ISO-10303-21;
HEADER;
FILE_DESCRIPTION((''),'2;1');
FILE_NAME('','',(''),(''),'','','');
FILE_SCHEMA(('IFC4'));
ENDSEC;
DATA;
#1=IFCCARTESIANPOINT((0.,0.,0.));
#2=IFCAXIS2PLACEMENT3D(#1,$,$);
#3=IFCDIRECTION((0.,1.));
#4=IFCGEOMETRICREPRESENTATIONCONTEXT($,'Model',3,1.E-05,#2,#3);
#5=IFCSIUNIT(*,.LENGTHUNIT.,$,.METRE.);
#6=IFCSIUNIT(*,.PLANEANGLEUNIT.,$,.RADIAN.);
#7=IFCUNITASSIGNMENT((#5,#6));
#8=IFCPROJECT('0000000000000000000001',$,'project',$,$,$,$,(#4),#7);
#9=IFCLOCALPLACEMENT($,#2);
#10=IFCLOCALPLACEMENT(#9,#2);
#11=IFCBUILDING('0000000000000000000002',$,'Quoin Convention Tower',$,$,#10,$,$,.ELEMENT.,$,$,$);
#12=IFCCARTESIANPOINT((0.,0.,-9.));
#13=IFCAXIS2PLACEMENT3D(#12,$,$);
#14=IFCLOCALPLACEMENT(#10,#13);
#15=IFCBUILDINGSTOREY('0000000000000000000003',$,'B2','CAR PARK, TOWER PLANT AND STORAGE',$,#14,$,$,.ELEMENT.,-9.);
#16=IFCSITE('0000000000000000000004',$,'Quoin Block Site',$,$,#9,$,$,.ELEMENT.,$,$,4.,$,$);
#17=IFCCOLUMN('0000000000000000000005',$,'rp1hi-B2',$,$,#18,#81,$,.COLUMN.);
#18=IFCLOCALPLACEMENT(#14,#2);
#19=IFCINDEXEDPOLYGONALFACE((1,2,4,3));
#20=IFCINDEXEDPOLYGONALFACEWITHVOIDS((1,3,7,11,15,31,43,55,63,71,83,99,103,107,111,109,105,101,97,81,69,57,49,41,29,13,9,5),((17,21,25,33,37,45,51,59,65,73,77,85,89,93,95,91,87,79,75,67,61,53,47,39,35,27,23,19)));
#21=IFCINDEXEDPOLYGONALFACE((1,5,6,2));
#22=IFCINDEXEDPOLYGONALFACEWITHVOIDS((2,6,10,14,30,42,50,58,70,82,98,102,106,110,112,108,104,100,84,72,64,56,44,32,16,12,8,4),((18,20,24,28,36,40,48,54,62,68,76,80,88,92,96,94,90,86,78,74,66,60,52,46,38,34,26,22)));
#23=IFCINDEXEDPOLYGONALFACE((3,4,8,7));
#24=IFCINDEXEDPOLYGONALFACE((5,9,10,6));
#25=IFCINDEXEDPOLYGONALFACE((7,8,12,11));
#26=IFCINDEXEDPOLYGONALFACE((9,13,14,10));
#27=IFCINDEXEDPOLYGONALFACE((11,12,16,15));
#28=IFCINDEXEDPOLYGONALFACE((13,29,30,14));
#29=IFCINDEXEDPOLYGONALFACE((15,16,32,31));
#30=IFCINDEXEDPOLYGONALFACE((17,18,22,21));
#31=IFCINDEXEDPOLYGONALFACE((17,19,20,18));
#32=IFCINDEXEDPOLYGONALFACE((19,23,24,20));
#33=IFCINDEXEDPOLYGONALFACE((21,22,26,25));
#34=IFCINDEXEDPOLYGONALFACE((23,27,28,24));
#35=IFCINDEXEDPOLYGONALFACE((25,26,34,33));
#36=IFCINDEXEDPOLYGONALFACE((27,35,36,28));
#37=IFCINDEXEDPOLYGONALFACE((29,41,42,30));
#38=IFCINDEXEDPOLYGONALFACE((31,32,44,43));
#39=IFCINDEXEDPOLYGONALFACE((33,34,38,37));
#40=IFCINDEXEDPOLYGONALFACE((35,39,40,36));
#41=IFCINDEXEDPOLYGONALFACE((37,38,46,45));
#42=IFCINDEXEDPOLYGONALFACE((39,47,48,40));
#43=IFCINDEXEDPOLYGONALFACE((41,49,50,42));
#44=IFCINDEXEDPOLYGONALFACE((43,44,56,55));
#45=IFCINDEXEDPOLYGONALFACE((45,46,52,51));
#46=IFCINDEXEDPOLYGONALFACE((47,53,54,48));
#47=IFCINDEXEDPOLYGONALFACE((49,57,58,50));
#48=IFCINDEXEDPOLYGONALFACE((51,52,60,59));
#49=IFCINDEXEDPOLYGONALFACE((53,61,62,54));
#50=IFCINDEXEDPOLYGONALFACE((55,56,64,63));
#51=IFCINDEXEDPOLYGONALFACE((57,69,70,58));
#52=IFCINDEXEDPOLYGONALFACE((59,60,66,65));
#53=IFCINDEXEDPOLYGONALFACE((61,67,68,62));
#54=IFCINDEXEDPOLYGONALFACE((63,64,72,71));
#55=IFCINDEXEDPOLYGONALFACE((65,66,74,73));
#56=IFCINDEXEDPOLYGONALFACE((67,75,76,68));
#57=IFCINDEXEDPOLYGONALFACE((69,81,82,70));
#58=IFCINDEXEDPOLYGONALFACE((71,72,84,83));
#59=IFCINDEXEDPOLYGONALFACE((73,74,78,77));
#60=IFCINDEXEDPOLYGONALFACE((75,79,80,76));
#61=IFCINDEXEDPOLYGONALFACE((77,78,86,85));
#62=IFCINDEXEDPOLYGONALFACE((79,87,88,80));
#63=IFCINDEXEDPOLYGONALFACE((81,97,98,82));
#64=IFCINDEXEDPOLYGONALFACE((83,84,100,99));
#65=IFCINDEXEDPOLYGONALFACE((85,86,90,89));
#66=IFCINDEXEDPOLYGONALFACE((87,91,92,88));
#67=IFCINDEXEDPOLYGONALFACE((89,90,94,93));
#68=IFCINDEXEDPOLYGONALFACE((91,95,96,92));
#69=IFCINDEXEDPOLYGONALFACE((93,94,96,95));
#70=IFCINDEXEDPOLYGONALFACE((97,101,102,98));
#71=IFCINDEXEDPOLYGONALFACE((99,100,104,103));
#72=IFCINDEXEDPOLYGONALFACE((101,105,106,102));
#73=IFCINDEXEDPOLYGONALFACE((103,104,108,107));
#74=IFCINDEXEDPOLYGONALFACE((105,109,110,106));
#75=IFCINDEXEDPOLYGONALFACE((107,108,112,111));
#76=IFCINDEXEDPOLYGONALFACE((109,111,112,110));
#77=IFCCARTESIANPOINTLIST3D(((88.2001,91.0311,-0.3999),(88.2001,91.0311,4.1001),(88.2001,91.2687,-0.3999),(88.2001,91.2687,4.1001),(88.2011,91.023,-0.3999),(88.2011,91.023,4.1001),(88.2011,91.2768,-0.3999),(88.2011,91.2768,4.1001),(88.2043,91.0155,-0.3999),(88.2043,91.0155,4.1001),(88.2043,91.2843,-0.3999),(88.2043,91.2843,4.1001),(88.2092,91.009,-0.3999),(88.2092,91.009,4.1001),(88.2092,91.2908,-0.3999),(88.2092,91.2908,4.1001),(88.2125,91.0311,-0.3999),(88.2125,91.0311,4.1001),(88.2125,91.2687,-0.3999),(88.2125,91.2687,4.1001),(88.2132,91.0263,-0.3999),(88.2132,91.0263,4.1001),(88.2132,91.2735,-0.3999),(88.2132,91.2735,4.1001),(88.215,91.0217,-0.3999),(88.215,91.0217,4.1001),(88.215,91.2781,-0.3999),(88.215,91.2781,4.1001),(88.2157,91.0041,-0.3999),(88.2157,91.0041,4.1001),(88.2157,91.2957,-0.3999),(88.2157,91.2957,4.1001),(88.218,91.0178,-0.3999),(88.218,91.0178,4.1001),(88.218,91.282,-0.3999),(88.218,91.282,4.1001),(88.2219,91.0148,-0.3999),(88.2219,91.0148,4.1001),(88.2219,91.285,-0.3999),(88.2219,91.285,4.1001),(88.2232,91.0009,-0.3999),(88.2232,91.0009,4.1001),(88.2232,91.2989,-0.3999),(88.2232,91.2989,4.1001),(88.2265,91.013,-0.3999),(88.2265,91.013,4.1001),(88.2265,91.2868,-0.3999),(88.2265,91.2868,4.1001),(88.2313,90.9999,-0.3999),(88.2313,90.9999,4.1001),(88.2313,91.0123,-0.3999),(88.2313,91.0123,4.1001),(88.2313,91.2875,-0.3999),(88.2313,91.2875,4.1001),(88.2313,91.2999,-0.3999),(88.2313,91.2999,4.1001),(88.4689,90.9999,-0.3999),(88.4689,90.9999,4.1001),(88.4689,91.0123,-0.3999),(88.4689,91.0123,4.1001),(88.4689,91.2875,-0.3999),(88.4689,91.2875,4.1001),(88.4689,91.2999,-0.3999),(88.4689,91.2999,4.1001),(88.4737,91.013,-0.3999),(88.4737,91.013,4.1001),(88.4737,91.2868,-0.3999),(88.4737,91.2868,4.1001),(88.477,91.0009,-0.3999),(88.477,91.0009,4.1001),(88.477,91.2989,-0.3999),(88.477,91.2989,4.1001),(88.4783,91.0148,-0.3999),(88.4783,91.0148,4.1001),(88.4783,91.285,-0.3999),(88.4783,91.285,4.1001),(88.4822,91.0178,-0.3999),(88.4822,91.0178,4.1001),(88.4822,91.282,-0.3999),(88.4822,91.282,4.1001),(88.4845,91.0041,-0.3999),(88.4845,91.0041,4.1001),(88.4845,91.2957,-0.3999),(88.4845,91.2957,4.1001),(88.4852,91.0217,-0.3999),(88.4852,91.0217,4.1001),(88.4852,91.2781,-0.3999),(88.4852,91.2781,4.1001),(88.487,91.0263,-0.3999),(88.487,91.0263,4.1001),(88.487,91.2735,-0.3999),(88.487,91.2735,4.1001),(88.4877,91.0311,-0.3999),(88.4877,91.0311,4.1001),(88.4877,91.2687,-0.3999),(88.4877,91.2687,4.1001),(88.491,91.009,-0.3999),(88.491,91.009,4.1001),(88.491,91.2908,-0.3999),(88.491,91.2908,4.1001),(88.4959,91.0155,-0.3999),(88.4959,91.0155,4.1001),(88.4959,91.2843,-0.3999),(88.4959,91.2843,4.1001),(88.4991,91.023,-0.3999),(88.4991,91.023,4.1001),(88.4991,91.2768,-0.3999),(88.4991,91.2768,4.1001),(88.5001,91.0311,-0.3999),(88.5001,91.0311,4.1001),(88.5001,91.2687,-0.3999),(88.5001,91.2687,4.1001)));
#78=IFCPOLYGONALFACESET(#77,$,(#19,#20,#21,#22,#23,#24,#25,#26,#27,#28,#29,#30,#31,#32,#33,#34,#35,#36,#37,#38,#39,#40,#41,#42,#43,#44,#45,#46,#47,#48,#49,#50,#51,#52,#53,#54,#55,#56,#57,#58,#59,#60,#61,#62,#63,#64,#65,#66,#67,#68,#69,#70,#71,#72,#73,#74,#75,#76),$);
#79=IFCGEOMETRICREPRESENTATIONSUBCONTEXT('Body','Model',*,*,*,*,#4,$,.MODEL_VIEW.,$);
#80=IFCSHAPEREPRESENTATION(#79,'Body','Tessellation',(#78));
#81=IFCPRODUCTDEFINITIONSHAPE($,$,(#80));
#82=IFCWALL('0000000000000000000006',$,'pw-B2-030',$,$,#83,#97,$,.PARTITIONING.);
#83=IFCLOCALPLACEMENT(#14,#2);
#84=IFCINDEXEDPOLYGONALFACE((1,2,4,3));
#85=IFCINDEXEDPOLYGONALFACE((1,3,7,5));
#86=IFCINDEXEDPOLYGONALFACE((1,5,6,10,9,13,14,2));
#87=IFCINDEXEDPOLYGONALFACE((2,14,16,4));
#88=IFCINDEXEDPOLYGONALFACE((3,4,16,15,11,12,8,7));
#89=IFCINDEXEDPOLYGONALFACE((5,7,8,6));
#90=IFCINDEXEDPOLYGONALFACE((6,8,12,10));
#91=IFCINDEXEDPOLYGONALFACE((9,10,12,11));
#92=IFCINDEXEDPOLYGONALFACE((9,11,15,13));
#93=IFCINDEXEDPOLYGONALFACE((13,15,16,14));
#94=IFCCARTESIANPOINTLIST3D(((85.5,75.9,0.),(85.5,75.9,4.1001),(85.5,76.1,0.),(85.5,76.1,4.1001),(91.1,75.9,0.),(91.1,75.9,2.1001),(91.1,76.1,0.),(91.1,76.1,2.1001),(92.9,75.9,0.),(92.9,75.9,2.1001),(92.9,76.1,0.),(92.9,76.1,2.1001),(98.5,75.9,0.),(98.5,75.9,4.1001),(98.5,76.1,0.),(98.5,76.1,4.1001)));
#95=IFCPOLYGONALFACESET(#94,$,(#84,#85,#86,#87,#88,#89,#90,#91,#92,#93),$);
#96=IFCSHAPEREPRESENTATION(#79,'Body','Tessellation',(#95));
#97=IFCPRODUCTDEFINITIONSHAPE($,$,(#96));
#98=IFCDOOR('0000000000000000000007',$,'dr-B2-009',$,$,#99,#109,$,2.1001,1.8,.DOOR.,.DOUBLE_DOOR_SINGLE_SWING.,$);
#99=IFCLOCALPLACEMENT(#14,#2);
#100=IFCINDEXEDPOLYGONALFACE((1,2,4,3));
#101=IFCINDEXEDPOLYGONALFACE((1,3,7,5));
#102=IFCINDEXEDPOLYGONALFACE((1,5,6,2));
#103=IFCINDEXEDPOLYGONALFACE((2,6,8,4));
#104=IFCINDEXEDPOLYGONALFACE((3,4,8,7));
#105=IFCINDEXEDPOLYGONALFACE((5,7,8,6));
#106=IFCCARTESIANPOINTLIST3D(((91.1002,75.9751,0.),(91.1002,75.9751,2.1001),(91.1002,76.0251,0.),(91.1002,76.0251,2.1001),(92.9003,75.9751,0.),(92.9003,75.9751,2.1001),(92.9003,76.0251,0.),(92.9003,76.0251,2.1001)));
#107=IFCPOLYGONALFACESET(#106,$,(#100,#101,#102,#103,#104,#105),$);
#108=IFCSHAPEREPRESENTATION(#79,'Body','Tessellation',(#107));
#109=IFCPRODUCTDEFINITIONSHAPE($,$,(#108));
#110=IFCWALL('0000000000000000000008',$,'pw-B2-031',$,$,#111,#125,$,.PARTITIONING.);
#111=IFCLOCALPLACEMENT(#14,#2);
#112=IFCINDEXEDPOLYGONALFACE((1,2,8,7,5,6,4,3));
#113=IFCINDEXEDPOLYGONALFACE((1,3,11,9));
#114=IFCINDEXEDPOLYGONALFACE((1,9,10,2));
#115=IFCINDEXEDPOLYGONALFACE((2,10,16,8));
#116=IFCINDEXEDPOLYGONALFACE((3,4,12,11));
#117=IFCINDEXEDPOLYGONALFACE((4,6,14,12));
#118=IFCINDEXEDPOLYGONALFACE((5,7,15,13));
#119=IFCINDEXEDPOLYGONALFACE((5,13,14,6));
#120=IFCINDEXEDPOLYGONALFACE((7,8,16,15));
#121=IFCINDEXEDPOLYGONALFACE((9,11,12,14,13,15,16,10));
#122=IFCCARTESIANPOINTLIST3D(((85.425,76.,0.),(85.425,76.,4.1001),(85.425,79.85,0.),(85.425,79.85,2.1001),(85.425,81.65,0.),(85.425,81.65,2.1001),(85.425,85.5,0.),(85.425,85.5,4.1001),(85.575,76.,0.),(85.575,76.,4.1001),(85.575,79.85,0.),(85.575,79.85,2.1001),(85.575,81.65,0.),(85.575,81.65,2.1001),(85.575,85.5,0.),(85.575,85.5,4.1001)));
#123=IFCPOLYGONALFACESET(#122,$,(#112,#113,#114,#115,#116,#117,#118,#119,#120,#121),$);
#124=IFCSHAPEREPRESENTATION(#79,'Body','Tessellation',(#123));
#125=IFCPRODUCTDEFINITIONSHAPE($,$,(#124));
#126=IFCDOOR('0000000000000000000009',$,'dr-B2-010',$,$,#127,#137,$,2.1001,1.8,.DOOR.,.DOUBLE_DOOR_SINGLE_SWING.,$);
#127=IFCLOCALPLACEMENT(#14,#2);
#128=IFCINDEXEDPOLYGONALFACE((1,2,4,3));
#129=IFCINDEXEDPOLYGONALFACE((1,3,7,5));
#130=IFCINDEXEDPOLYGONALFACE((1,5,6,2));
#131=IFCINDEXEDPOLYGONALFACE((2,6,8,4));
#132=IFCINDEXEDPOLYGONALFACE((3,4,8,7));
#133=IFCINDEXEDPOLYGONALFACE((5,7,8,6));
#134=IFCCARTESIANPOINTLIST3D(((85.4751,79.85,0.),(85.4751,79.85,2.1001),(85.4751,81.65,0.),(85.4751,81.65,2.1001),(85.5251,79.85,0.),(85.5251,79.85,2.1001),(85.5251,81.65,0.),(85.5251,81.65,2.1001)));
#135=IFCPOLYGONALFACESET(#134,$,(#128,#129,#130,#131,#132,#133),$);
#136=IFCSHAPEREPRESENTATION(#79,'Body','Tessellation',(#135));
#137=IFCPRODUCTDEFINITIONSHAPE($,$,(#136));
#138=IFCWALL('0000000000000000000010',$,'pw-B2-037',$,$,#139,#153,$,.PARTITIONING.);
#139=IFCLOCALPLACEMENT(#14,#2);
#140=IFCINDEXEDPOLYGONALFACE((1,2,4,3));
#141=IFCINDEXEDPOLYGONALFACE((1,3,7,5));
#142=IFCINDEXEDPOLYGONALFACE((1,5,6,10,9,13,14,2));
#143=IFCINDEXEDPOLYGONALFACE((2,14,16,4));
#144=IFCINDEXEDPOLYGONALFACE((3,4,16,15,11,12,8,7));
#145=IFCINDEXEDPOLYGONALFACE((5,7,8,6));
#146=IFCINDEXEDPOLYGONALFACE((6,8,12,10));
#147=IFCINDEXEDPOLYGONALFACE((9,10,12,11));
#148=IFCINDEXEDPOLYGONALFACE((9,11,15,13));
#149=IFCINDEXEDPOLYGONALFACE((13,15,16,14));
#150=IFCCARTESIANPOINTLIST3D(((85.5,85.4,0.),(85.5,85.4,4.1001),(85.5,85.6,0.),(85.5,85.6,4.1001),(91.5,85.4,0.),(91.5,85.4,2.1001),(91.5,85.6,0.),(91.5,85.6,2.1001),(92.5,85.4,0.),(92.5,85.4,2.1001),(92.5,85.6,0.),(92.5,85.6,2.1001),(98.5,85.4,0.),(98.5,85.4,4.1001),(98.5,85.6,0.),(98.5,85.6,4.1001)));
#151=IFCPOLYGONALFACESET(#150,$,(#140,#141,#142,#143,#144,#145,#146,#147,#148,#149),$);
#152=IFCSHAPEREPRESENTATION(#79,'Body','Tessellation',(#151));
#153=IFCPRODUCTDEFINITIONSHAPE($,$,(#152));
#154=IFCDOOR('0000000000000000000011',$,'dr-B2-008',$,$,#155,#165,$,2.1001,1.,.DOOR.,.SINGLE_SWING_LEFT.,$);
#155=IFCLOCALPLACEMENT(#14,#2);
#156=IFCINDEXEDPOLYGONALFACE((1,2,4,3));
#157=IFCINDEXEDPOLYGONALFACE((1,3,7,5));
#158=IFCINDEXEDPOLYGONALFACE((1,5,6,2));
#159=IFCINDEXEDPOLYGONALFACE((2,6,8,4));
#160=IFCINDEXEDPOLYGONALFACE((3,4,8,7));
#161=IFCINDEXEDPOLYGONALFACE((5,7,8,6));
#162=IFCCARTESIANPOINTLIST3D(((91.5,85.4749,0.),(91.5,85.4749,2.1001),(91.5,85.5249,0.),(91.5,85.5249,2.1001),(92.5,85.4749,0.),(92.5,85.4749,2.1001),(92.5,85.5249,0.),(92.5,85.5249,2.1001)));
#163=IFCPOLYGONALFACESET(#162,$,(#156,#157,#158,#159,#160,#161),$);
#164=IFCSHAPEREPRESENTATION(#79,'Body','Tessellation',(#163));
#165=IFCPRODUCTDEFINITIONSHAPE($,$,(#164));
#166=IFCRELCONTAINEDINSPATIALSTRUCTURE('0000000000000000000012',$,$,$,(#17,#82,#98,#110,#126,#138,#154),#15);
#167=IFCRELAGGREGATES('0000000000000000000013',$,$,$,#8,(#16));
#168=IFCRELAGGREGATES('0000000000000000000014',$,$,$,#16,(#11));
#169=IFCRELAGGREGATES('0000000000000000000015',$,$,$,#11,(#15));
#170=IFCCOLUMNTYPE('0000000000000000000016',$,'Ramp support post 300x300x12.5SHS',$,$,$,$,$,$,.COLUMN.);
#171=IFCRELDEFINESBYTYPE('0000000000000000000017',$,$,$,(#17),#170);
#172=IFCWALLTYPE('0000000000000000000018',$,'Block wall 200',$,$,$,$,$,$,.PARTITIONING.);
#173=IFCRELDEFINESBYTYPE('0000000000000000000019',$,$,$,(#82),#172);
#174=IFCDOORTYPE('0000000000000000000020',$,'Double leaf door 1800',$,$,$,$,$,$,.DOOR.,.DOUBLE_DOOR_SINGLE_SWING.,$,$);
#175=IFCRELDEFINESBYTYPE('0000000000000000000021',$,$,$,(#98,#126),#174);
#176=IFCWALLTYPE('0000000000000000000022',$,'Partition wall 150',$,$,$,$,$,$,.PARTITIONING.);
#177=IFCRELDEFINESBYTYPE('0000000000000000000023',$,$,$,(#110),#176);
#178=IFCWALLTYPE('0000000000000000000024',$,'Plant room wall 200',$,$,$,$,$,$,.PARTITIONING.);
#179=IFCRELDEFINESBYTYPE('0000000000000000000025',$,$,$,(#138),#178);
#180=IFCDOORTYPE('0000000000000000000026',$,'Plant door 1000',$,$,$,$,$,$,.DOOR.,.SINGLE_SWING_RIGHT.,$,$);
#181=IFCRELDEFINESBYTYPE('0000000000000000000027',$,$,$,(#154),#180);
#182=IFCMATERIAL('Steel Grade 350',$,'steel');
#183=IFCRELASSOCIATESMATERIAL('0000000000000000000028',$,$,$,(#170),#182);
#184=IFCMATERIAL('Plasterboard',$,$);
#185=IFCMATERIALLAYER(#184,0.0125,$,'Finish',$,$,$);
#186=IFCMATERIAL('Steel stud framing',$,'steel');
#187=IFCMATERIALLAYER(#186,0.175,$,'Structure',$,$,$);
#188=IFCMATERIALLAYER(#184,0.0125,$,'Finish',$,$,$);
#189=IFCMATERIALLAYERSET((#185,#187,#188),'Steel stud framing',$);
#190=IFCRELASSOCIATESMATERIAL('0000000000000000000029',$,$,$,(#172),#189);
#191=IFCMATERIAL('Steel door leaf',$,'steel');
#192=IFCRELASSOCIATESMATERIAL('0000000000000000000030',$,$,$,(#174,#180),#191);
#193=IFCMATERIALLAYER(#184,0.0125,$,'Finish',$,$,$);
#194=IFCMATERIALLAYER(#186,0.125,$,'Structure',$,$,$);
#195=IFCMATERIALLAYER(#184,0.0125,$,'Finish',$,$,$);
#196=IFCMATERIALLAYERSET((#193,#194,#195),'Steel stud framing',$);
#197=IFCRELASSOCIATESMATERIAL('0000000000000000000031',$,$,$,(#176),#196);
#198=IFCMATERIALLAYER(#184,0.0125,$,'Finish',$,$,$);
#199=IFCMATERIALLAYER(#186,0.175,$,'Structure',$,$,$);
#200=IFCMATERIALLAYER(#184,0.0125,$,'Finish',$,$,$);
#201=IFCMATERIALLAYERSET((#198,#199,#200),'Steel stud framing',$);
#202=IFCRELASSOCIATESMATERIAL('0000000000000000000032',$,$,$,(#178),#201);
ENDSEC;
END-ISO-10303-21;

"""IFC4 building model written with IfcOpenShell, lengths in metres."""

from ifc_helpers import new_model, si_unit, direction, frame, frame_2d, origin, origin_2d, place, context, subcontext, project, spatial, rectangle, hollow_rectangle, extrude, material, layer, layer_set, material_profile, profile_set, type_object, element, fill, save


model = new_model("IFC4")

# Units and contexts
model_context = context("Model", 3, precision=1e-05, world=origin(), true_north=direction((0.0, 1.0)))
body_context = subcontext(model_context, "Body", "Model", "MODEL_VIEW")
ifc_project = project(units=[si_unit("LENGTHUNIT", "METRE"), si_unit("PLANEANGLEUNIT", "RADIAN")], contexts=[model_context])

# Site, building, storey
site_placement = place(None, origin())
site = spatial("IfcSite", under=ifc_project, at=site_placement, Name="Quoin Block Site", CompositionType="ELEMENT", RefElevation=4.0)
building_placement = place(site_placement, origin())
building = spatial("IfcBuilding", under=site, at=building_placement, Name="Quoin Convention Tower", CompositionType="ELEMENT")
storey_placement = place(building_placement, frame((0.0, 0.0, -9.0)))
storey = spatial("IfcBuildingStorey", under=building, at=storey_placement, Name="B2", Description="CAR PARK, TOWER PLANT AND STORAGE", CompositionType="ELEMENT", Elevation=-9.0)

# Column
ifc_material_1 = material(Name="Steel Grade 350", Category="steel")
ifc_material_profile_1 = material_profile(ifc_material_1, hollow_rectangle(XDim=0.3, YDim=0.3, WallThickness=0.0125, InnerFilletRadius=0.0188, OuterFilletRadius=0.0312, at=origin_2d()), Name="300x300x12.5SHS")
ifc_profile_set_1 = profile_set([ifc_material_profile_1], Name="Steel Grade 350")
column_type_1 = type_object("IfcColumnType", Name="Ramp support post 300x300x12.5SHS", PredefinedType="COLUMN", material=ifc_profile_set_1)
column_placement = place(storey_placement, frame((88.3501, 91.1499, -0.3999), z_axis=(0.0, 0.0, 1.0), x_axis=(1.0, 0.0, 0.0)))
element("IfcColumn", 1, at=column_placement, inside=storey, type_object=column_type_1, Name="rp1hi-B2", PredefinedType="COLUMN", context=body_context, shape_type="SweptSolid", body=[
    extrude(hollow_rectangle(XDim=0.3, YDim=0.3, WallThickness=0.0125, InnerFilletRadius=0.0188, OuterFilletRadius=0.0312, at=origin_2d()), origin(), (0.0, 0.0, 1.0), 4.5),
])

# Walls, openings, doors
ifc_material_2 = material(Name="Plasterboard")
ifc_layer_1 = layer(ifc_material_2, 0.0125, Name="Finish")
ifc_material_3 = material(Name="Steel stud framing", Category="steel")
ifc_layer_2 = layer(ifc_material_3, 0.175, Name="Structure")
ifc_layer_3 = layer(ifc_material_2, 0.0125, Name="Finish")
ifc_layer_set_1 = layer_set([ifc_layer_1, ifc_layer_2, ifc_layer_3], Name="Steel stud framing")
wall_type_1 = type_object("IfcWallType", Name="Block wall 200", PredefinedType="PARTITIONING", material=ifc_layer_set_1)
wall_1_placement = place(storey_placement, frame((85.5, 76.0, 0.0), z_axis=(0.0, 0.0, 1.0), x_axis=(1.0, 0.0, 0.0)))
wall_1 = element("IfcWall", 2, at=wall_1_placement, inside=storey, type_object=wall_type_1, Name="pw-B2-030", PredefinedType="PARTITIONING", context=body_context, shape_type="SweptSolid", body=[
    extrude(rectangle(XDim=13.0, YDim=0.2, at=frame_2d((6.5, 0.0))), origin(), (0.0, 0.0, 1.0), 4.1001),
])
opening_1_placement = place(wall_1_placement, frame((5.6001, 0.0, 0.0)))
opening_1 = element("IfcOpeningElement", 3, at=opening_1_placement, cuts=wall_1, PredefinedType="OPENING", context=body_context, shape_type="SweptSolid", body=[
    extrude(rectangle(XDim=1.8, YDim=2.1001, at=frame_2d((0.8999, 1.05))), frame((0.0, 0.1099, 0.0), z_axis=(0.0, -1.0, 0.0), x_axis=(1.0, 0.0, 0.0)), (0.0, 0.0, 1.0), 0.22),
])
ifc_material_4 = material(Name="Steel door leaf", Category="steel")
door_type_1 = type_object("IfcDoorType", Name="Double leaf door 1800", OperationType="DOUBLE_DOOR_SINGLE_SWING", PredefinedType="DOOR", material=ifc_material_4)
door_1_placement = place(opening_1_placement, frame((1.8, 0.0, 0.0), z_axis=(0.0, 0.0, 1.0), x_axis=(-1.0, 0.0, 0.0)))
door_1 = element("IfcDoor", 4, at=door_1_placement, inside=storey, type_object=door_type_1, Name="dr-B2-009", OperationType="DOUBLE_DOOR_SINGLE_SWING", OverallHeight=2.1001, OverallWidth=1.8, PredefinedType="DOOR", context=body_context, shape_type="SweptSolid", body=[
    extrude(rectangle(XDim=1.8, YDim=2.1001, at=frame_2d((0.8999, 1.05))), frame((0.0, 0.0249, 0.0), z_axis=(0.0, -1.0, 0.0), x_axis=(1.0, 0.0, 0.0)), (0.0, 0.0, 1.0), 0.05),
])
fill(opening_1, door_1)
ifc_layer_4 = layer(ifc_material_2, 0.0125, Name="Finish")
ifc_layer_5 = layer(ifc_material_3, 0.125, Name="Structure")
ifc_layer_6 = layer(ifc_material_2, 0.0125, Name="Finish")
ifc_layer_set_2 = layer_set([ifc_layer_4, ifc_layer_5, ifc_layer_6], Name="Steel stud framing")
wall_type_2 = type_object("IfcWallType", Name="Partition wall 150", PredefinedType="PARTITIONING", material=ifc_layer_set_2)
wall_2_placement = place(storey_placement, frame((85.5, 76.0, 0.0), z_axis=(0.0, 0.0, 1.0), x_axis=(0.0, 1.0, 0.0)))
wall_2 = element("IfcWall", 5, at=wall_2_placement, inside=storey, type_object=wall_type_2, Name="pw-B2-031", PredefinedType="PARTITIONING", context=body_context, shape_type="SweptSolid", body=[
    extrude(rectangle(XDim=9.5, YDim=0.1499, at=frame_2d((4.75, 0.0))), origin(), (0.0, 0.0, 1.0), 4.1001),
])
opening_2_placement = place(wall_2_placement, frame((3.8501, 0.0, 0.0)))
opening_2 = element("IfcOpeningElement", 6, at=opening_2_placement, cuts=wall_2, PredefinedType="OPENING", context=body_context, shape_type="SweptSolid", body=[
    extrude(rectangle(XDim=1.8, YDim=2.1001, at=frame_2d((0.8999, 1.05))), frame((0.0, 0.085, 0.0), z_axis=(0.0, -1.0, 0.0), x_axis=(1.0, 0.0, 0.0)), (0.0, 0.0, 1.0), 0.1699),
])
door_2_placement = place(opening_2_placement, origin())
door_2 = element("IfcDoor", 7, at=door_2_placement, inside=storey, type_object=door_type_1, Name="dr-B2-010", OperationType="DOUBLE_DOOR_SINGLE_SWING", OverallHeight=2.1001, OverallWidth=1.8, PredefinedType="DOOR", context=body_context, shape_type="SweptSolid", body=[
    extrude(rectangle(XDim=1.8, YDim=2.1001, at=frame_2d((0.8999, 1.05))), frame((0.0, 0.0249, 0.0), z_axis=(0.0, -1.0, 0.0), x_axis=(1.0, 0.0, 0.0)), (0.0, 0.0, 1.0), 0.05),
])
fill(opening_2, door_2)
ifc_layer_7 = layer(ifc_material_2, 0.0125, Name="Finish")
ifc_layer_8 = layer(ifc_material_3, 0.175, Name="Structure")
ifc_layer_9 = layer(ifc_material_2, 0.0125, Name="Finish")
ifc_layer_set_3 = layer_set([ifc_layer_7, ifc_layer_8, ifc_layer_9], Name="Steel stud framing")
wall_type_3 = type_object("IfcWallType", Name="Plant room wall 200", PredefinedType="PARTITIONING", material=ifc_layer_set_3)
wall_3_placement = place(storey_placement, frame((85.5, 85.5, 0.0), z_axis=(0.0, 0.0, 1.0), x_axis=(1.0, 0.0, 0.0)))
wall_3 = element("IfcWall", 8, at=wall_3_placement, inside=storey, type_object=wall_type_3, Name="pw-B2-037", PredefinedType="PARTITIONING", context=body_context, shape_type="SweptSolid", body=[
    extrude(rectangle(XDim=13.0, YDim=0.2, at=frame_2d((6.5, 0.0))), origin(), (0.0, 0.0, 1.0), 4.1001),
])
opening_3_placement = place(wall_3_placement, frame((6.0, 0.0, 0.0)))
opening_3 = element("IfcOpeningElement", 9, at=opening_3_placement, cuts=wall_3, PredefinedType="OPENING", context=body_context, shape_type="SweptSolid", body=[
    extrude(rectangle(XDim=1.0, YDim=2.1001, at=frame_2d((0.5, 1.05))), frame((0.0, 0.1099, 0.0), z_axis=(0.0, -1.0, 0.0), x_axis=(1.0, 0.0, 0.0)), (0.0, 0.0, 1.0), 0.22),
])
door_type_2 = type_object("IfcDoorType", Name="Plant door 1000", OperationType="SINGLE_SWING_RIGHT", PredefinedType="DOOR", material=ifc_material_4)
door_3_placement = place(opening_3_placement, origin())
door_3 = element("IfcDoor", 10, at=door_3_placement, inside=storey, type_object=door_type_2, Name="dr-B2-008", OperationType="SINGLE_SWING_LEFT", OverallHeight=2.1001, OverallWidth=1.0, PredefinedType="DOOR", context=body_context, shape_type="SweptSolid", body=[
    extrude(rectangle(XDim=1.0, YDim=2.1001, at=frame_2d((0.5, 1.05))), frame((0.0, 0.0249, 0.0), z_axis=(0.0, -1.0, 0.0), x_axis=(1.0, 0.0, 0.0)), (0.0, 0.0, 1.0), 0.05),
])
fill(opening_3, door_3)

save(model, "model.ifc")
